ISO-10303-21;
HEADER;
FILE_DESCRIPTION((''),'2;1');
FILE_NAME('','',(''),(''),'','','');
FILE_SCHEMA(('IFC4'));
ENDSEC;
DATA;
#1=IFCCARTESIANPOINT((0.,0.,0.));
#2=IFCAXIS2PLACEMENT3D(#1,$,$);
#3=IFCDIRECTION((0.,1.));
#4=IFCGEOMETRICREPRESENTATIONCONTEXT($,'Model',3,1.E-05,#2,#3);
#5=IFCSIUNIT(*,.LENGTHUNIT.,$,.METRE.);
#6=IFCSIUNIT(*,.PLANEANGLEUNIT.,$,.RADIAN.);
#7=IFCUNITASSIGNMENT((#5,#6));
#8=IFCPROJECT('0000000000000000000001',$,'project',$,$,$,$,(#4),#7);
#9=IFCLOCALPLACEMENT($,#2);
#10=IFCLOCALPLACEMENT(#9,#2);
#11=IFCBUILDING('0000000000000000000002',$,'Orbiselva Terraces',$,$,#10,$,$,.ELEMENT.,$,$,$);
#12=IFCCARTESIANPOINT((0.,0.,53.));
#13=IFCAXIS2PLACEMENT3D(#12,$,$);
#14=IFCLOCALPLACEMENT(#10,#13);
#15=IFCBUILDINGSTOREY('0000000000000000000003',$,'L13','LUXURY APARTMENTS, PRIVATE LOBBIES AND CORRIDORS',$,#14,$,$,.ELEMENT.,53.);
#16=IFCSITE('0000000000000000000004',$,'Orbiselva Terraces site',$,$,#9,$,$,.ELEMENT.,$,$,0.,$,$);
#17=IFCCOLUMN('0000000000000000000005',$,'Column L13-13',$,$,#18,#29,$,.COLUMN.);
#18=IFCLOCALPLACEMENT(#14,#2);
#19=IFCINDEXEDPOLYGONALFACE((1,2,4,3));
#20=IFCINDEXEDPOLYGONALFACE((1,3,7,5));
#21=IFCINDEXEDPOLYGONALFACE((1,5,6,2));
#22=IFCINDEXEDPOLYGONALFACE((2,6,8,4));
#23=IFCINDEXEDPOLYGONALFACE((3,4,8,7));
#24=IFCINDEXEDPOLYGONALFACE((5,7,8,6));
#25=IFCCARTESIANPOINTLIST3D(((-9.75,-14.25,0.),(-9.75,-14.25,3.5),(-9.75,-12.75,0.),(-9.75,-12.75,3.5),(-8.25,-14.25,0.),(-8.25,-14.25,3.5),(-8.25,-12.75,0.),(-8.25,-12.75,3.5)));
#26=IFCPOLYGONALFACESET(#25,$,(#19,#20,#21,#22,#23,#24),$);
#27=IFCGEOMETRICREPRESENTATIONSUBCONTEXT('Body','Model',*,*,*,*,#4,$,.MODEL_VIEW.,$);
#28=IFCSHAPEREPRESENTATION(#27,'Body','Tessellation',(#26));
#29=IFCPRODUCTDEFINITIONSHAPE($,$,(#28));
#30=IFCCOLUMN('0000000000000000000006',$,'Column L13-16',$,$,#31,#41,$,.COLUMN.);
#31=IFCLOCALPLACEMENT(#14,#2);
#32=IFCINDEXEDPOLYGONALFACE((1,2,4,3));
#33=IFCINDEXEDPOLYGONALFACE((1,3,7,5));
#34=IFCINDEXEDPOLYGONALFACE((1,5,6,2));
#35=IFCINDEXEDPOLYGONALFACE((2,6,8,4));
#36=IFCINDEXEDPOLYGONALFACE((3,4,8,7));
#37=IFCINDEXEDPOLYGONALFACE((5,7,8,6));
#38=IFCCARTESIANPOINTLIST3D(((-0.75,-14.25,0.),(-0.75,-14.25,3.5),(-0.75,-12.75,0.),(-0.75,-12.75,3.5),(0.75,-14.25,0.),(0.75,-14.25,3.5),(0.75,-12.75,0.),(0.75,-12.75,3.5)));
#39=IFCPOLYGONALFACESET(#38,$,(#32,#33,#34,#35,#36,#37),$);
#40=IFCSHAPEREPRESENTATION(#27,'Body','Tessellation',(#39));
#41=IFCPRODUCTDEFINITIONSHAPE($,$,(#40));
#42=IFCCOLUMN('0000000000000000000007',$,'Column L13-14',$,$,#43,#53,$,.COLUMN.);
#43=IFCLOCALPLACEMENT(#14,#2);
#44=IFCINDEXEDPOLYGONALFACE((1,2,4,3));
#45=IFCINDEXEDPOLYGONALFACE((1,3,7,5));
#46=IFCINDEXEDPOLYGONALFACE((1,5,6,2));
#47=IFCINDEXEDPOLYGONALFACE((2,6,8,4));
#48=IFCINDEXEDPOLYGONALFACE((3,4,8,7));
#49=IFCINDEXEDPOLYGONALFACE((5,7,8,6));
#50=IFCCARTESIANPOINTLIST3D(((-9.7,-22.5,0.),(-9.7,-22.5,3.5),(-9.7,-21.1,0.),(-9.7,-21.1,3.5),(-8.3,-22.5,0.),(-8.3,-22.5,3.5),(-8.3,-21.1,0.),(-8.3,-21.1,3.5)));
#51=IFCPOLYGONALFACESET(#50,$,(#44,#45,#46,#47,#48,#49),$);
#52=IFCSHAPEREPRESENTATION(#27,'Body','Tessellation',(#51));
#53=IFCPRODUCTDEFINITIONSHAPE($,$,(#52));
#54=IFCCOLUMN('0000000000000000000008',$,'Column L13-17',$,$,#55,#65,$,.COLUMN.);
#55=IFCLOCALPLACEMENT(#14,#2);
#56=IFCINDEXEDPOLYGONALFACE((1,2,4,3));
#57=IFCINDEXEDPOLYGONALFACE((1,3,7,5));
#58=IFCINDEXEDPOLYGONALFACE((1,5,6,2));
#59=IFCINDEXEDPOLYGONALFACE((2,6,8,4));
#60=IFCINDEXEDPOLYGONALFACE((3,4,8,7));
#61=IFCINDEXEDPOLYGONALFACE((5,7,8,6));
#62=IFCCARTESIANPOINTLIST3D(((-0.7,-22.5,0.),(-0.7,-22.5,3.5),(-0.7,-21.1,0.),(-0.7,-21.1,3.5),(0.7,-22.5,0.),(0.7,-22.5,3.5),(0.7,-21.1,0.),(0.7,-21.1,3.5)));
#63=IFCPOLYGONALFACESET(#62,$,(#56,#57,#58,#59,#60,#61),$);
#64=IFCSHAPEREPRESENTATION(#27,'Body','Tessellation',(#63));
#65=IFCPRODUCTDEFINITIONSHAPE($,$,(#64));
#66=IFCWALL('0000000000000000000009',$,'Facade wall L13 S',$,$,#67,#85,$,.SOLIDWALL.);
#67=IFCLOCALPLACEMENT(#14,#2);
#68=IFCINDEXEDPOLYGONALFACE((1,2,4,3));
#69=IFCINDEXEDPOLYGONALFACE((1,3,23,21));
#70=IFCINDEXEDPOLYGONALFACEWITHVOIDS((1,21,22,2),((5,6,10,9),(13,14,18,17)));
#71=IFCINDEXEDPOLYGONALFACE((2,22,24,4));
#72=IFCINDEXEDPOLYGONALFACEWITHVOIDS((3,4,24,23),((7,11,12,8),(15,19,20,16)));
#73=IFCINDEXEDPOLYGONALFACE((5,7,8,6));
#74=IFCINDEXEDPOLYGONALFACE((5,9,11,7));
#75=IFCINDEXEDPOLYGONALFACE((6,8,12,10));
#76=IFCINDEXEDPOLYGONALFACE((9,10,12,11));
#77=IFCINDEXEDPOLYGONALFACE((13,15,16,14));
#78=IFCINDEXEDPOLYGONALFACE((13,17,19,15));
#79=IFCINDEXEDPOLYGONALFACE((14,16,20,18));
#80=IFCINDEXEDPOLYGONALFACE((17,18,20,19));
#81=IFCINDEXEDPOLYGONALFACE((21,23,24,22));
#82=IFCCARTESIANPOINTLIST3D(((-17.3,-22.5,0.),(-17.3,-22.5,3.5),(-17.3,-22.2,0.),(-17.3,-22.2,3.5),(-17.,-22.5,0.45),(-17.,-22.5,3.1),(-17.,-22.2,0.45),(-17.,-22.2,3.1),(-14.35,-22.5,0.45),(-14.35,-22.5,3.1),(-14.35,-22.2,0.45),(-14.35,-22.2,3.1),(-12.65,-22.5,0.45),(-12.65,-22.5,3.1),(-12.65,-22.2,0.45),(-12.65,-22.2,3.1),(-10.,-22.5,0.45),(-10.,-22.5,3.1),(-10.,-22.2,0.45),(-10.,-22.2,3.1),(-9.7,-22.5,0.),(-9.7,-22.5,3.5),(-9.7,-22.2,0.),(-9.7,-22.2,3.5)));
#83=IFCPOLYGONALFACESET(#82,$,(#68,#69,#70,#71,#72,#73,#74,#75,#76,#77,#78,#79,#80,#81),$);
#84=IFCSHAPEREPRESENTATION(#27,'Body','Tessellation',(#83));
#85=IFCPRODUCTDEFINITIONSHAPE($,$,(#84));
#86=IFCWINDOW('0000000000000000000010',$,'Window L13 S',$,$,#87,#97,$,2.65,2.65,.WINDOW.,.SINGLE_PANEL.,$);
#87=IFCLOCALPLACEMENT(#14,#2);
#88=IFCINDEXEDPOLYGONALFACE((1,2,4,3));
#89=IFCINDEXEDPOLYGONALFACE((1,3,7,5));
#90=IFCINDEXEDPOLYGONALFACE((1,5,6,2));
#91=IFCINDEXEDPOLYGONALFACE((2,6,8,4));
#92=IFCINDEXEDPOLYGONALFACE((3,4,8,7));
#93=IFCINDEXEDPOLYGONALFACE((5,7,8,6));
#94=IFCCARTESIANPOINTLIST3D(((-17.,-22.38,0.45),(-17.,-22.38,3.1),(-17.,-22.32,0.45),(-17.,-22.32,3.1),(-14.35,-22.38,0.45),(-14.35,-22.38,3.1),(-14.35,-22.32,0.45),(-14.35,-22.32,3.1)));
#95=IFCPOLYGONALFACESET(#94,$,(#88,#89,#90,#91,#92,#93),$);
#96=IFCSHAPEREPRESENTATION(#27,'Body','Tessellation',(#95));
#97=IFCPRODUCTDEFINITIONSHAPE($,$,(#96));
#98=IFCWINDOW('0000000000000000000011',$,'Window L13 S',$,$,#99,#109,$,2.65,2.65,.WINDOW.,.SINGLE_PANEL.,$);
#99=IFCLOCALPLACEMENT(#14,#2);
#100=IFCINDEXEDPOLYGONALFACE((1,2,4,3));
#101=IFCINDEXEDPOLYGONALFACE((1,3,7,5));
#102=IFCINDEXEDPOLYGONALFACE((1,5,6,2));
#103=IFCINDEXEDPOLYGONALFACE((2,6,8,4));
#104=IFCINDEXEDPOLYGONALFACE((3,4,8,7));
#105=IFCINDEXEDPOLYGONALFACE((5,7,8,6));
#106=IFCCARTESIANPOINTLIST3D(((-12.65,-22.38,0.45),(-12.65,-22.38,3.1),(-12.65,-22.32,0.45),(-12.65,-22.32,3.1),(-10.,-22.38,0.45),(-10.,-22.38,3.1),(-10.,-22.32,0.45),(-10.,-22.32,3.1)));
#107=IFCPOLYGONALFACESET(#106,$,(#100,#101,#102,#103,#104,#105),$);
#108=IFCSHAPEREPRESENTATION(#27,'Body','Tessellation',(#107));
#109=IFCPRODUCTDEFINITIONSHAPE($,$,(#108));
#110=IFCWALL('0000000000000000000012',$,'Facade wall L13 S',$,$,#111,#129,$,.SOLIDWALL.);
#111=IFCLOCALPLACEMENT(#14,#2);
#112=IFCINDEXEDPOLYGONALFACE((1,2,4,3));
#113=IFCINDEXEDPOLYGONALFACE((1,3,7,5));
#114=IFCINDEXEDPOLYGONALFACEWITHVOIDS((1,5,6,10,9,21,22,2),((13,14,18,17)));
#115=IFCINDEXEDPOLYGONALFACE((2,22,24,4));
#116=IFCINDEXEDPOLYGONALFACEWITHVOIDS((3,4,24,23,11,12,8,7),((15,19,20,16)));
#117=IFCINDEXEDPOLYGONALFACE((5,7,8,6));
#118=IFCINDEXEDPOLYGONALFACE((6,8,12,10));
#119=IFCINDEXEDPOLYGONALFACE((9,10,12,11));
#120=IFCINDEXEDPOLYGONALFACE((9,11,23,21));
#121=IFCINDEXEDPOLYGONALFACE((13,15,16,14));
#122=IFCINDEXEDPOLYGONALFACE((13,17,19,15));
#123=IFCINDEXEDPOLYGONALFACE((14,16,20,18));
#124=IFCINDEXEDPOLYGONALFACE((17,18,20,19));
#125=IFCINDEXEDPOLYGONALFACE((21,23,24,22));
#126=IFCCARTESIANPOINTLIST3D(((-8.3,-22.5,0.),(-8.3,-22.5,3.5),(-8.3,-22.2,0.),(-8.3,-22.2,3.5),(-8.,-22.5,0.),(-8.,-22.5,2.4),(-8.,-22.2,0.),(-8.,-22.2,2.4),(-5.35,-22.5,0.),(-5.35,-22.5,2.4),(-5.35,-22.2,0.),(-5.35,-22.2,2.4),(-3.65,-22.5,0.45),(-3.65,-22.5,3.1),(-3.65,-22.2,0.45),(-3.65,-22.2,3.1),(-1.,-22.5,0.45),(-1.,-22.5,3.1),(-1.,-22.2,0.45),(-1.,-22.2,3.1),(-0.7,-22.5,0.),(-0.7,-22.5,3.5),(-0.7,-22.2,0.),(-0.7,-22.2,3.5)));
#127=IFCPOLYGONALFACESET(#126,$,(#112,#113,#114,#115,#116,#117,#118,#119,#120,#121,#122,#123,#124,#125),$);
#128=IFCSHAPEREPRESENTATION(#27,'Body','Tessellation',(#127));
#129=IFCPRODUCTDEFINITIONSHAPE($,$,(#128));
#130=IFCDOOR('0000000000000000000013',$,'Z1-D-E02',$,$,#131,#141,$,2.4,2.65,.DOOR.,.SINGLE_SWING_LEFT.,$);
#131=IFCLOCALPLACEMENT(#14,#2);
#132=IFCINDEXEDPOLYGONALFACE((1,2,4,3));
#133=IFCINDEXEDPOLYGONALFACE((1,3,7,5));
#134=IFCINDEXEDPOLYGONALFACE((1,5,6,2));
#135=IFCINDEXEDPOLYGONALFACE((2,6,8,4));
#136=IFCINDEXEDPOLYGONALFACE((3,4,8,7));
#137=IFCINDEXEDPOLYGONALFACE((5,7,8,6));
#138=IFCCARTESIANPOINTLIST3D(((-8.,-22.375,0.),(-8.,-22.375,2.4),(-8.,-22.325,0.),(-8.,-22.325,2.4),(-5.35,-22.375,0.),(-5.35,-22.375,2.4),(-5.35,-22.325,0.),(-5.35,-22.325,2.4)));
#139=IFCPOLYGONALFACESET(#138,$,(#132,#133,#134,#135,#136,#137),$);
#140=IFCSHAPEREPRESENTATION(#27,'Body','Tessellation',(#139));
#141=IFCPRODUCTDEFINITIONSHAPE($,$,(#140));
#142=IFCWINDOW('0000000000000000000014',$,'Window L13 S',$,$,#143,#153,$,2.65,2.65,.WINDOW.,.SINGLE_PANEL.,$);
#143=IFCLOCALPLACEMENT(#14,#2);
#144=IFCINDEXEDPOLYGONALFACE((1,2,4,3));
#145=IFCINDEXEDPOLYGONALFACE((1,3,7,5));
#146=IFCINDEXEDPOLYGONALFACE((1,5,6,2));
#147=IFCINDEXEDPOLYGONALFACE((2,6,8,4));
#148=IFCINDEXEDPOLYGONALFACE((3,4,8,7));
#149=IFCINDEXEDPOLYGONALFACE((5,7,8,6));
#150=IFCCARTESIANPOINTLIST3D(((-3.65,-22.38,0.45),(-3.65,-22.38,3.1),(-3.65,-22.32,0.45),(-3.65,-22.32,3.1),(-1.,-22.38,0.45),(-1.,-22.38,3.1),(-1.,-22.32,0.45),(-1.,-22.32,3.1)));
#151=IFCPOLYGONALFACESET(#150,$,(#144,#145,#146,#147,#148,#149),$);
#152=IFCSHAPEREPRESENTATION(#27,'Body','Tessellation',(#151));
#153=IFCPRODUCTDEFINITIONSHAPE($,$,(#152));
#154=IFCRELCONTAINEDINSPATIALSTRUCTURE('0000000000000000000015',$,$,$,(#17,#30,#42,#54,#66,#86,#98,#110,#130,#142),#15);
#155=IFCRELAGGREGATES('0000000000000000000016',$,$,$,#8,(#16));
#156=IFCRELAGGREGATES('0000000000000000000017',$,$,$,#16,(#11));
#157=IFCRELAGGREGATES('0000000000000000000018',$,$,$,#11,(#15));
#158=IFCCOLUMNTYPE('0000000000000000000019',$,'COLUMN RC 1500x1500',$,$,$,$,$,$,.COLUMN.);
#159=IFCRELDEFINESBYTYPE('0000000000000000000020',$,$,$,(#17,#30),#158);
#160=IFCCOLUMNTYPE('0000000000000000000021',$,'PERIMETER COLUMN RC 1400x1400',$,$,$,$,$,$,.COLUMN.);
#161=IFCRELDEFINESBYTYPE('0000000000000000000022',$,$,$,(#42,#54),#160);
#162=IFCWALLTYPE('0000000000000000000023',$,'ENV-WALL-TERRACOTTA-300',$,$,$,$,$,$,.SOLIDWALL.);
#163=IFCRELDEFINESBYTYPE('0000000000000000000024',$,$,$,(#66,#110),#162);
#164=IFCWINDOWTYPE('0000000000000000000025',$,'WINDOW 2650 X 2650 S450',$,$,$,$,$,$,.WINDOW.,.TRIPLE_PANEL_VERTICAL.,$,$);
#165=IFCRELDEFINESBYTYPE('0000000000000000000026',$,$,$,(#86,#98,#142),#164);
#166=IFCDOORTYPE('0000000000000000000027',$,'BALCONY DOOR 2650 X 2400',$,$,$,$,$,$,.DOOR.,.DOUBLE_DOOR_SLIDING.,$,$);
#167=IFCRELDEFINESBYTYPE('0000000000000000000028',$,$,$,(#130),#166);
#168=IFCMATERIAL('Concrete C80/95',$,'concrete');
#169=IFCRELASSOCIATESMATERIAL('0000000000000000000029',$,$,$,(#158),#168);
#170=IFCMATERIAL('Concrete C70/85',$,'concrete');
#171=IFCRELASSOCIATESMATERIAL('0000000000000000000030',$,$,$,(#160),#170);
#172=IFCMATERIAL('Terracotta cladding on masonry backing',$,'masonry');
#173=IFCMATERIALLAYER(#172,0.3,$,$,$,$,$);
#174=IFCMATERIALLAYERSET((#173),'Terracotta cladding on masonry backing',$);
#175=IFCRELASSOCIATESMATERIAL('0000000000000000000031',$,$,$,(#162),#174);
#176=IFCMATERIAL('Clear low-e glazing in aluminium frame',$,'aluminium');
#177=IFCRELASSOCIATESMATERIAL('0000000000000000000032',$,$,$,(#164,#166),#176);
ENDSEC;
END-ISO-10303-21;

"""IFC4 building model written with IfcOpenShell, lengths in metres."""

from ifc_helpers import new_model, si_unit, direction, frame, frame_2d, origin, origin_2d, place, context, subcontext, project, spatial, rectangle, extrude, material, layer, layer_set, material_profile, profile_set, type_object, element, fill, save


model = new_model("IFC4")

# Units and contexts
model_context = context("Model", 3, precision=1e-05, world=origin(), true_north=direction((0.0, 1.0)))
body_context = subcontext(model_context, "Body", "Model", "MODEL_VIEW")
ifc_project = project(units=[si_unit("LENGTHUNIT", "METRE"), si_unit("PLANEANGLEUNIT", "RADIAN")], contexts=[model_context])

# Site, building, storey
site_placement = place(None, origin())
site = spatial("IfcSite", under=ifc_project, at=site_placement, Name="Orbiselva Terraces site", CompositionType="ELEMENT", RefElevation=0.0)
building_placement = place(site_placement, origin())
building = spatial("IfcBuilding", under=site, at=building_placement, Name="Orbiselva Terraces", CompositionType="ELEMENT")
storey_placement = place(building_placement, frame((0.0, 0.0, 53.0)))
storey = spatial("IfcBuildingStorey", under=building, at=storey_placement, Name="L13", Description="LUXURY APARTMENTS, PRIVATE LOBBIES AND CORRIDORS", CompositionType="ELEMENT", Elevation=53.0)

# Columns
ifc_material_1 = material(Name="Concrete C80/95", Category="concrete")
ifc_material_profile_1 = material_profile(ifc_material_1, rectangle(XDim=1.5, YDim=1.5, at=origin_2d()), Name="RC 1500x1500")
ifc_profile_set_1 = profile_set([ifc_material_profile_1], Name="Concrete C80/95")
column_type_1 = type_object("IfcColumnType", Name="COLUMN RC 1500x1500", PredefinedType="COLUMN", material=ifc_profile_set_1)
for number, where, z_axis, x_axis, name in (
    (1, (-9.0, -13.5, 0.0), (0.0, 0.0, 1.0), (1.0, 0.0, 0.0), "Column L13-13"),
    (2, (0.0, -13.5, 0.0), (0.0, 0.0, 1.0), (1.0, 0.0, 0.0), "Column L13-16"),
):
    element("IfcColumn", number, at=place(storey_placement, frame(where, z_axis=z_axis, x_axis=x_axis)), inside=storey, type_object=column_type_1, Name=name, PredefinedType="COLUMN", context=body_context, shape_type="SweptSolid", body=[
        extrude(rectangle(XDim=1.5, YDim=1.5, at=origin_2d()), origin(), (0.0, 0.0, 1.0), 3.5),
    ])
ifc_material_2 = material(Name="Concrete C70/85", Category="concrete")
ifc_material_profile_2 = material_profile(ifc_material_2, rectangle(XDim=1.4, YDim=1.4, at=origin_2d()), Name="RC 1400x1400")
ifc_profile_set_2 = profile_set([ifc_material_profile_2], Name="Concrete C70/85")
column_type_2 = type_object("IfcColumnType", Name="PERIMETER COLUMN RC 1400x1400", PredefinedType="COLUMN", material=ifc_profile_set_2)
for number, where, z_axis, x_axis, name in (
    (3, (-9.0, -21.8, 0.0), (0.0, 0.0, 1.0), (1.0, 0.0, 0.0), "Column L13-14"),
    (4, (0.0, -21.8, 0.0), (0.0, 0.0, 1.0), (1.0, 0.0, 0.0), "Column L13-17"),
):
    element("IfcColumn", number, at=place(storey_placement, frame(where, z_axis=z_axis, x_axis=x_axis)), inside=storey, type_object=column_type_2, Name=name, PredefinedType="COLUMN", context=body_context, shape_type="SweptSolid", body=[
        extrude(rectangle(XDim=1.4, YDim=1.4, at=origin_2d()), origin(), (0.0, 0.0, 1.0), 3.5),
    ])

# Wall, openings, windows
ifc_material_3 = material(Name="Terracotta cladding on masonry backing", Category="masonry")
ifc_layer_1 = layer(ifc_material_3, 0.3)
ifc_layer_set_1 = layer_set([ifc_layer_1], Name="Terracotta cladding on masonry backing")
wall_type_1 = type_object("IfcWallType", Name="ENV-WALL-TERRACOTTA-300", PredefinedType="SOLIDWALL", material=ifc_layer_set_1)
wall_1_placement = place(storey_placement, frame((-9.7, -22.35, 0.0), z_axis=(0.0, 0.0, 1.0), x_axis=(-1.0, 0.0, 0.0)))
wall_1 = element("IfcWall", 5, at=wall_1_placement, inside=storey, type_object=wall_type_1, Name="Facade wall L13 S", PredefinedType="SOLIDWALL", context=body_context, shape_type="SweptSolid", body=[
    extrude(rectangle(XDim=7.6, YDim=0.3, at=frame_2d((3.8, 0.0))), origin(), (0.0, 0.0, 1.0), 3.5),
])
opening_1_placement = place(wall_1_placement, frame((4.65, 0.0, 0.45)))
opening_1 = element("IfcOpeningElement", 6, at=opening_1_placement, cuts=wall_1, PredefinedType="OPENING", context=body_context, shape_type="SweptSolid", body=[
    extrude(rectangle(XDim=2.65, YDim=2.65, at=frame_2d((1.325, 1.325))), frame((0.0, 0.16, 0.0), z_axis=(0.0, -1.0, 0.0), x_axis=(1.0, 0.0, 0.0)), (0.0, 0.0, 1.0), 0.32),
])
opening_2_placement = place(wall_1_placement, frame((0.3, 0.0, 0.45)))
opening_2 = element("IfcOpeningElement", 7, at=opening_2_placement, cuts=wall_1, PredefinedType="OPENING", context=body_context, shape_type="SweptSolid", body=[
    extrude(rectangle(XDim=2.65, YDim=2.65, at=frame_2d((1.325, 1.325))), frame((0.0, 0.16, 0.0), z_axis=(0.0, -1.0, 0.0), x_axis=(1.0, 0.0, 0.0)), (0.0, 0.0, 1.0), 0.32),
])
ifc_material_4 = material(Name="Clear low-e glazing in aluminium frame", Category="aluminium")
window_type = type_object("IfcWindowType", Name="WINDOW 2650 X 2650 S450", PartitioningType="TRIPLE_PANEL_VERTICAL", PredefinedType="WINDOW", material=ifc_material_4)
window_1_placement = place(opening_1_placement, origin())
window_1 = element("IfcWindow", 8, at=window_1_placement, inside=storey, type_object=window_type, Name="Window L13 S", OverallHeight=2.65, OverallWidth=2.65, PartitioningType="SINGLE_PANEL", PredefinedType="WINDOW", context=body_context, shape_type="SweptSolid", body=[
    extrude(rectangle(XDim=2.65, YDim=2.65, at=frame_2d((1.325, 1.325))), frame((0.0, 0.03, 0.0), z_axis=(0.0, -1.0, 0.0), x_axis=(1.0, 0.0, 0.0)), (0.0, 0.0, 1.0), 0.06),
])
fill(opening_1, window_1)
window_2_placement = place(opening_2_placement, origin())
window_2 = element("IfcWindow", 9, at=window_2_placement, inside=storey, type_object=window_type, Name="Window L13 S", OverallHeight=2.65, OverallWidth=2.65, PartitioningType="SINGLE_PANEL", PredefinedType="WINDOW", context=body_context, shape_type="SweptSolid", body=[
    extrude(rectangle(XDim=2.65, YDim=2.65, at=frame_2d((1.325, 1.325))), frame((0.0, 0.03, 0.0), z_axis=(0.0, -1.0, 0.0), x_axis=(1.0, 0.0, 0.0)), (0.0, 0.0, 1.0), 0.06),
])
fill(opening_2, window_2)

# Wall, openings, door, window
wall_2_placement = place(storey_placement, frame((-0.7, -22.35, 0.0), z_axis=(0.0, 0.0, 1.0), x_axis=(-1.0, 0.0, 0.0)))
wall_2 = element("IfcWall", 10, at=wall_2_placement, inside=storey, type_object=wall_type_1, Name="Facade wall L13 S", PredefinedType="SOLIDWALL", context=body_context, shape_type="SweptSolid", body=[
    extrude(rectangle(XDim=7.6, YDim=0.3, at=frame_2d((3.8, 0.0))), origin(), (0.0, 0.0, 1.0), 3.5),
])
opening_3_placement = place(wall_2_placement, frame((4.65, 0.0, 0.0)))
opening_3 = element("IfcOpeningElement", 11, at=opening_3_placement, cuts=wall_2, PredefinedType="OPENING", context=body_context, shape_type="SweptSolid", body=[
    extrude(rectangle(XDim=2.65, YDim=2.4, at=frame_2d((1.325, 1.2))), frame((0.0, 0.16, 0.0), z_axis=(0.0, -1.0, 0.0), x_axis=(1.0, 0.0, 0.0)), (0.0, 0.0, 1.0), 0.32),
])
opening_4_placement = place(wall_2_placement, frame((0.3, 0.0, 0.45)))
opening_4 = element("IfcOpeningElement", 12, at=opening_4_placement, cuts=wall_2, PredefinedType="OPENING", context=body_context, shape_type="SweptSolid", body=[
    extrude(rectangle(XDim=2.65, YDim=2.65, at=frame_2d((1.325, 1.325))), frame((0.0, 0.16, 0.0), z_axis=(0.0, -1.0, 0.0), x_axis=(1.0, 0.0, 0.0)), (0.0, 0.0, 1.0), 0.32),
])
door_type_1 = type_object("IfcDoorType", Name="BALCONY DOOR 2650 X 2400", OperationType="DOUBLE_DOOR_SLIDING", PredefinedType="DOOR", material=ifc_material_4)
door_1_placement = place(opening_3_placement, origin())
door_1 = element("IfcDoor", 13, at=door_1_placement, inside=storey, type_object=door_type_1, Name="Z1-D-E02", OperationType="SINGLE_SWING_LEFT", OverallHeight=2.4, OverallWidth=2.65, PredefinedType="DOOR", context=body_context, shape_type="SweptSolid", body=[
    extrude(rectangle(XDim=2.65, YDim=2.4, at=frame_2d((1.325, 1.2))), frame((0.0, 0.025, 0.0), z_axis=(0.0, -1.0, 0.0), x_axis=(1.0, 0.0, 0.0)), (0.0, 0.0, 1.0), 0.05),
])
fill(opening_3, door_1)
window_3_placement = place(opening_4_placement, origin())
window_3 = element("IfcWindow", 14, at=window_3_placement, inside=storey, type_object=window_type, Name="Window L13 S", OverallHeight=2.65, OverallWidth=2.65, PartitioningType="SINGLE_PANEL", PredefinedType="WINDOW", context=body_context, shape_type="SweptSolid", body=[
    extrude(rectangle(XDim=2.65, YDim=2.65, at=frame_2d((1.325, 1.325))), frame((0.0, 0.03, 0.0), z_axis=(0.0, -1.0, 0.0), x_axis=(1.0, 0.0, 0.0)), (0.0, 0.0, 1.0), 0.06),
])
fill(opening_4, window_3)

save(model, "model.ifc")
